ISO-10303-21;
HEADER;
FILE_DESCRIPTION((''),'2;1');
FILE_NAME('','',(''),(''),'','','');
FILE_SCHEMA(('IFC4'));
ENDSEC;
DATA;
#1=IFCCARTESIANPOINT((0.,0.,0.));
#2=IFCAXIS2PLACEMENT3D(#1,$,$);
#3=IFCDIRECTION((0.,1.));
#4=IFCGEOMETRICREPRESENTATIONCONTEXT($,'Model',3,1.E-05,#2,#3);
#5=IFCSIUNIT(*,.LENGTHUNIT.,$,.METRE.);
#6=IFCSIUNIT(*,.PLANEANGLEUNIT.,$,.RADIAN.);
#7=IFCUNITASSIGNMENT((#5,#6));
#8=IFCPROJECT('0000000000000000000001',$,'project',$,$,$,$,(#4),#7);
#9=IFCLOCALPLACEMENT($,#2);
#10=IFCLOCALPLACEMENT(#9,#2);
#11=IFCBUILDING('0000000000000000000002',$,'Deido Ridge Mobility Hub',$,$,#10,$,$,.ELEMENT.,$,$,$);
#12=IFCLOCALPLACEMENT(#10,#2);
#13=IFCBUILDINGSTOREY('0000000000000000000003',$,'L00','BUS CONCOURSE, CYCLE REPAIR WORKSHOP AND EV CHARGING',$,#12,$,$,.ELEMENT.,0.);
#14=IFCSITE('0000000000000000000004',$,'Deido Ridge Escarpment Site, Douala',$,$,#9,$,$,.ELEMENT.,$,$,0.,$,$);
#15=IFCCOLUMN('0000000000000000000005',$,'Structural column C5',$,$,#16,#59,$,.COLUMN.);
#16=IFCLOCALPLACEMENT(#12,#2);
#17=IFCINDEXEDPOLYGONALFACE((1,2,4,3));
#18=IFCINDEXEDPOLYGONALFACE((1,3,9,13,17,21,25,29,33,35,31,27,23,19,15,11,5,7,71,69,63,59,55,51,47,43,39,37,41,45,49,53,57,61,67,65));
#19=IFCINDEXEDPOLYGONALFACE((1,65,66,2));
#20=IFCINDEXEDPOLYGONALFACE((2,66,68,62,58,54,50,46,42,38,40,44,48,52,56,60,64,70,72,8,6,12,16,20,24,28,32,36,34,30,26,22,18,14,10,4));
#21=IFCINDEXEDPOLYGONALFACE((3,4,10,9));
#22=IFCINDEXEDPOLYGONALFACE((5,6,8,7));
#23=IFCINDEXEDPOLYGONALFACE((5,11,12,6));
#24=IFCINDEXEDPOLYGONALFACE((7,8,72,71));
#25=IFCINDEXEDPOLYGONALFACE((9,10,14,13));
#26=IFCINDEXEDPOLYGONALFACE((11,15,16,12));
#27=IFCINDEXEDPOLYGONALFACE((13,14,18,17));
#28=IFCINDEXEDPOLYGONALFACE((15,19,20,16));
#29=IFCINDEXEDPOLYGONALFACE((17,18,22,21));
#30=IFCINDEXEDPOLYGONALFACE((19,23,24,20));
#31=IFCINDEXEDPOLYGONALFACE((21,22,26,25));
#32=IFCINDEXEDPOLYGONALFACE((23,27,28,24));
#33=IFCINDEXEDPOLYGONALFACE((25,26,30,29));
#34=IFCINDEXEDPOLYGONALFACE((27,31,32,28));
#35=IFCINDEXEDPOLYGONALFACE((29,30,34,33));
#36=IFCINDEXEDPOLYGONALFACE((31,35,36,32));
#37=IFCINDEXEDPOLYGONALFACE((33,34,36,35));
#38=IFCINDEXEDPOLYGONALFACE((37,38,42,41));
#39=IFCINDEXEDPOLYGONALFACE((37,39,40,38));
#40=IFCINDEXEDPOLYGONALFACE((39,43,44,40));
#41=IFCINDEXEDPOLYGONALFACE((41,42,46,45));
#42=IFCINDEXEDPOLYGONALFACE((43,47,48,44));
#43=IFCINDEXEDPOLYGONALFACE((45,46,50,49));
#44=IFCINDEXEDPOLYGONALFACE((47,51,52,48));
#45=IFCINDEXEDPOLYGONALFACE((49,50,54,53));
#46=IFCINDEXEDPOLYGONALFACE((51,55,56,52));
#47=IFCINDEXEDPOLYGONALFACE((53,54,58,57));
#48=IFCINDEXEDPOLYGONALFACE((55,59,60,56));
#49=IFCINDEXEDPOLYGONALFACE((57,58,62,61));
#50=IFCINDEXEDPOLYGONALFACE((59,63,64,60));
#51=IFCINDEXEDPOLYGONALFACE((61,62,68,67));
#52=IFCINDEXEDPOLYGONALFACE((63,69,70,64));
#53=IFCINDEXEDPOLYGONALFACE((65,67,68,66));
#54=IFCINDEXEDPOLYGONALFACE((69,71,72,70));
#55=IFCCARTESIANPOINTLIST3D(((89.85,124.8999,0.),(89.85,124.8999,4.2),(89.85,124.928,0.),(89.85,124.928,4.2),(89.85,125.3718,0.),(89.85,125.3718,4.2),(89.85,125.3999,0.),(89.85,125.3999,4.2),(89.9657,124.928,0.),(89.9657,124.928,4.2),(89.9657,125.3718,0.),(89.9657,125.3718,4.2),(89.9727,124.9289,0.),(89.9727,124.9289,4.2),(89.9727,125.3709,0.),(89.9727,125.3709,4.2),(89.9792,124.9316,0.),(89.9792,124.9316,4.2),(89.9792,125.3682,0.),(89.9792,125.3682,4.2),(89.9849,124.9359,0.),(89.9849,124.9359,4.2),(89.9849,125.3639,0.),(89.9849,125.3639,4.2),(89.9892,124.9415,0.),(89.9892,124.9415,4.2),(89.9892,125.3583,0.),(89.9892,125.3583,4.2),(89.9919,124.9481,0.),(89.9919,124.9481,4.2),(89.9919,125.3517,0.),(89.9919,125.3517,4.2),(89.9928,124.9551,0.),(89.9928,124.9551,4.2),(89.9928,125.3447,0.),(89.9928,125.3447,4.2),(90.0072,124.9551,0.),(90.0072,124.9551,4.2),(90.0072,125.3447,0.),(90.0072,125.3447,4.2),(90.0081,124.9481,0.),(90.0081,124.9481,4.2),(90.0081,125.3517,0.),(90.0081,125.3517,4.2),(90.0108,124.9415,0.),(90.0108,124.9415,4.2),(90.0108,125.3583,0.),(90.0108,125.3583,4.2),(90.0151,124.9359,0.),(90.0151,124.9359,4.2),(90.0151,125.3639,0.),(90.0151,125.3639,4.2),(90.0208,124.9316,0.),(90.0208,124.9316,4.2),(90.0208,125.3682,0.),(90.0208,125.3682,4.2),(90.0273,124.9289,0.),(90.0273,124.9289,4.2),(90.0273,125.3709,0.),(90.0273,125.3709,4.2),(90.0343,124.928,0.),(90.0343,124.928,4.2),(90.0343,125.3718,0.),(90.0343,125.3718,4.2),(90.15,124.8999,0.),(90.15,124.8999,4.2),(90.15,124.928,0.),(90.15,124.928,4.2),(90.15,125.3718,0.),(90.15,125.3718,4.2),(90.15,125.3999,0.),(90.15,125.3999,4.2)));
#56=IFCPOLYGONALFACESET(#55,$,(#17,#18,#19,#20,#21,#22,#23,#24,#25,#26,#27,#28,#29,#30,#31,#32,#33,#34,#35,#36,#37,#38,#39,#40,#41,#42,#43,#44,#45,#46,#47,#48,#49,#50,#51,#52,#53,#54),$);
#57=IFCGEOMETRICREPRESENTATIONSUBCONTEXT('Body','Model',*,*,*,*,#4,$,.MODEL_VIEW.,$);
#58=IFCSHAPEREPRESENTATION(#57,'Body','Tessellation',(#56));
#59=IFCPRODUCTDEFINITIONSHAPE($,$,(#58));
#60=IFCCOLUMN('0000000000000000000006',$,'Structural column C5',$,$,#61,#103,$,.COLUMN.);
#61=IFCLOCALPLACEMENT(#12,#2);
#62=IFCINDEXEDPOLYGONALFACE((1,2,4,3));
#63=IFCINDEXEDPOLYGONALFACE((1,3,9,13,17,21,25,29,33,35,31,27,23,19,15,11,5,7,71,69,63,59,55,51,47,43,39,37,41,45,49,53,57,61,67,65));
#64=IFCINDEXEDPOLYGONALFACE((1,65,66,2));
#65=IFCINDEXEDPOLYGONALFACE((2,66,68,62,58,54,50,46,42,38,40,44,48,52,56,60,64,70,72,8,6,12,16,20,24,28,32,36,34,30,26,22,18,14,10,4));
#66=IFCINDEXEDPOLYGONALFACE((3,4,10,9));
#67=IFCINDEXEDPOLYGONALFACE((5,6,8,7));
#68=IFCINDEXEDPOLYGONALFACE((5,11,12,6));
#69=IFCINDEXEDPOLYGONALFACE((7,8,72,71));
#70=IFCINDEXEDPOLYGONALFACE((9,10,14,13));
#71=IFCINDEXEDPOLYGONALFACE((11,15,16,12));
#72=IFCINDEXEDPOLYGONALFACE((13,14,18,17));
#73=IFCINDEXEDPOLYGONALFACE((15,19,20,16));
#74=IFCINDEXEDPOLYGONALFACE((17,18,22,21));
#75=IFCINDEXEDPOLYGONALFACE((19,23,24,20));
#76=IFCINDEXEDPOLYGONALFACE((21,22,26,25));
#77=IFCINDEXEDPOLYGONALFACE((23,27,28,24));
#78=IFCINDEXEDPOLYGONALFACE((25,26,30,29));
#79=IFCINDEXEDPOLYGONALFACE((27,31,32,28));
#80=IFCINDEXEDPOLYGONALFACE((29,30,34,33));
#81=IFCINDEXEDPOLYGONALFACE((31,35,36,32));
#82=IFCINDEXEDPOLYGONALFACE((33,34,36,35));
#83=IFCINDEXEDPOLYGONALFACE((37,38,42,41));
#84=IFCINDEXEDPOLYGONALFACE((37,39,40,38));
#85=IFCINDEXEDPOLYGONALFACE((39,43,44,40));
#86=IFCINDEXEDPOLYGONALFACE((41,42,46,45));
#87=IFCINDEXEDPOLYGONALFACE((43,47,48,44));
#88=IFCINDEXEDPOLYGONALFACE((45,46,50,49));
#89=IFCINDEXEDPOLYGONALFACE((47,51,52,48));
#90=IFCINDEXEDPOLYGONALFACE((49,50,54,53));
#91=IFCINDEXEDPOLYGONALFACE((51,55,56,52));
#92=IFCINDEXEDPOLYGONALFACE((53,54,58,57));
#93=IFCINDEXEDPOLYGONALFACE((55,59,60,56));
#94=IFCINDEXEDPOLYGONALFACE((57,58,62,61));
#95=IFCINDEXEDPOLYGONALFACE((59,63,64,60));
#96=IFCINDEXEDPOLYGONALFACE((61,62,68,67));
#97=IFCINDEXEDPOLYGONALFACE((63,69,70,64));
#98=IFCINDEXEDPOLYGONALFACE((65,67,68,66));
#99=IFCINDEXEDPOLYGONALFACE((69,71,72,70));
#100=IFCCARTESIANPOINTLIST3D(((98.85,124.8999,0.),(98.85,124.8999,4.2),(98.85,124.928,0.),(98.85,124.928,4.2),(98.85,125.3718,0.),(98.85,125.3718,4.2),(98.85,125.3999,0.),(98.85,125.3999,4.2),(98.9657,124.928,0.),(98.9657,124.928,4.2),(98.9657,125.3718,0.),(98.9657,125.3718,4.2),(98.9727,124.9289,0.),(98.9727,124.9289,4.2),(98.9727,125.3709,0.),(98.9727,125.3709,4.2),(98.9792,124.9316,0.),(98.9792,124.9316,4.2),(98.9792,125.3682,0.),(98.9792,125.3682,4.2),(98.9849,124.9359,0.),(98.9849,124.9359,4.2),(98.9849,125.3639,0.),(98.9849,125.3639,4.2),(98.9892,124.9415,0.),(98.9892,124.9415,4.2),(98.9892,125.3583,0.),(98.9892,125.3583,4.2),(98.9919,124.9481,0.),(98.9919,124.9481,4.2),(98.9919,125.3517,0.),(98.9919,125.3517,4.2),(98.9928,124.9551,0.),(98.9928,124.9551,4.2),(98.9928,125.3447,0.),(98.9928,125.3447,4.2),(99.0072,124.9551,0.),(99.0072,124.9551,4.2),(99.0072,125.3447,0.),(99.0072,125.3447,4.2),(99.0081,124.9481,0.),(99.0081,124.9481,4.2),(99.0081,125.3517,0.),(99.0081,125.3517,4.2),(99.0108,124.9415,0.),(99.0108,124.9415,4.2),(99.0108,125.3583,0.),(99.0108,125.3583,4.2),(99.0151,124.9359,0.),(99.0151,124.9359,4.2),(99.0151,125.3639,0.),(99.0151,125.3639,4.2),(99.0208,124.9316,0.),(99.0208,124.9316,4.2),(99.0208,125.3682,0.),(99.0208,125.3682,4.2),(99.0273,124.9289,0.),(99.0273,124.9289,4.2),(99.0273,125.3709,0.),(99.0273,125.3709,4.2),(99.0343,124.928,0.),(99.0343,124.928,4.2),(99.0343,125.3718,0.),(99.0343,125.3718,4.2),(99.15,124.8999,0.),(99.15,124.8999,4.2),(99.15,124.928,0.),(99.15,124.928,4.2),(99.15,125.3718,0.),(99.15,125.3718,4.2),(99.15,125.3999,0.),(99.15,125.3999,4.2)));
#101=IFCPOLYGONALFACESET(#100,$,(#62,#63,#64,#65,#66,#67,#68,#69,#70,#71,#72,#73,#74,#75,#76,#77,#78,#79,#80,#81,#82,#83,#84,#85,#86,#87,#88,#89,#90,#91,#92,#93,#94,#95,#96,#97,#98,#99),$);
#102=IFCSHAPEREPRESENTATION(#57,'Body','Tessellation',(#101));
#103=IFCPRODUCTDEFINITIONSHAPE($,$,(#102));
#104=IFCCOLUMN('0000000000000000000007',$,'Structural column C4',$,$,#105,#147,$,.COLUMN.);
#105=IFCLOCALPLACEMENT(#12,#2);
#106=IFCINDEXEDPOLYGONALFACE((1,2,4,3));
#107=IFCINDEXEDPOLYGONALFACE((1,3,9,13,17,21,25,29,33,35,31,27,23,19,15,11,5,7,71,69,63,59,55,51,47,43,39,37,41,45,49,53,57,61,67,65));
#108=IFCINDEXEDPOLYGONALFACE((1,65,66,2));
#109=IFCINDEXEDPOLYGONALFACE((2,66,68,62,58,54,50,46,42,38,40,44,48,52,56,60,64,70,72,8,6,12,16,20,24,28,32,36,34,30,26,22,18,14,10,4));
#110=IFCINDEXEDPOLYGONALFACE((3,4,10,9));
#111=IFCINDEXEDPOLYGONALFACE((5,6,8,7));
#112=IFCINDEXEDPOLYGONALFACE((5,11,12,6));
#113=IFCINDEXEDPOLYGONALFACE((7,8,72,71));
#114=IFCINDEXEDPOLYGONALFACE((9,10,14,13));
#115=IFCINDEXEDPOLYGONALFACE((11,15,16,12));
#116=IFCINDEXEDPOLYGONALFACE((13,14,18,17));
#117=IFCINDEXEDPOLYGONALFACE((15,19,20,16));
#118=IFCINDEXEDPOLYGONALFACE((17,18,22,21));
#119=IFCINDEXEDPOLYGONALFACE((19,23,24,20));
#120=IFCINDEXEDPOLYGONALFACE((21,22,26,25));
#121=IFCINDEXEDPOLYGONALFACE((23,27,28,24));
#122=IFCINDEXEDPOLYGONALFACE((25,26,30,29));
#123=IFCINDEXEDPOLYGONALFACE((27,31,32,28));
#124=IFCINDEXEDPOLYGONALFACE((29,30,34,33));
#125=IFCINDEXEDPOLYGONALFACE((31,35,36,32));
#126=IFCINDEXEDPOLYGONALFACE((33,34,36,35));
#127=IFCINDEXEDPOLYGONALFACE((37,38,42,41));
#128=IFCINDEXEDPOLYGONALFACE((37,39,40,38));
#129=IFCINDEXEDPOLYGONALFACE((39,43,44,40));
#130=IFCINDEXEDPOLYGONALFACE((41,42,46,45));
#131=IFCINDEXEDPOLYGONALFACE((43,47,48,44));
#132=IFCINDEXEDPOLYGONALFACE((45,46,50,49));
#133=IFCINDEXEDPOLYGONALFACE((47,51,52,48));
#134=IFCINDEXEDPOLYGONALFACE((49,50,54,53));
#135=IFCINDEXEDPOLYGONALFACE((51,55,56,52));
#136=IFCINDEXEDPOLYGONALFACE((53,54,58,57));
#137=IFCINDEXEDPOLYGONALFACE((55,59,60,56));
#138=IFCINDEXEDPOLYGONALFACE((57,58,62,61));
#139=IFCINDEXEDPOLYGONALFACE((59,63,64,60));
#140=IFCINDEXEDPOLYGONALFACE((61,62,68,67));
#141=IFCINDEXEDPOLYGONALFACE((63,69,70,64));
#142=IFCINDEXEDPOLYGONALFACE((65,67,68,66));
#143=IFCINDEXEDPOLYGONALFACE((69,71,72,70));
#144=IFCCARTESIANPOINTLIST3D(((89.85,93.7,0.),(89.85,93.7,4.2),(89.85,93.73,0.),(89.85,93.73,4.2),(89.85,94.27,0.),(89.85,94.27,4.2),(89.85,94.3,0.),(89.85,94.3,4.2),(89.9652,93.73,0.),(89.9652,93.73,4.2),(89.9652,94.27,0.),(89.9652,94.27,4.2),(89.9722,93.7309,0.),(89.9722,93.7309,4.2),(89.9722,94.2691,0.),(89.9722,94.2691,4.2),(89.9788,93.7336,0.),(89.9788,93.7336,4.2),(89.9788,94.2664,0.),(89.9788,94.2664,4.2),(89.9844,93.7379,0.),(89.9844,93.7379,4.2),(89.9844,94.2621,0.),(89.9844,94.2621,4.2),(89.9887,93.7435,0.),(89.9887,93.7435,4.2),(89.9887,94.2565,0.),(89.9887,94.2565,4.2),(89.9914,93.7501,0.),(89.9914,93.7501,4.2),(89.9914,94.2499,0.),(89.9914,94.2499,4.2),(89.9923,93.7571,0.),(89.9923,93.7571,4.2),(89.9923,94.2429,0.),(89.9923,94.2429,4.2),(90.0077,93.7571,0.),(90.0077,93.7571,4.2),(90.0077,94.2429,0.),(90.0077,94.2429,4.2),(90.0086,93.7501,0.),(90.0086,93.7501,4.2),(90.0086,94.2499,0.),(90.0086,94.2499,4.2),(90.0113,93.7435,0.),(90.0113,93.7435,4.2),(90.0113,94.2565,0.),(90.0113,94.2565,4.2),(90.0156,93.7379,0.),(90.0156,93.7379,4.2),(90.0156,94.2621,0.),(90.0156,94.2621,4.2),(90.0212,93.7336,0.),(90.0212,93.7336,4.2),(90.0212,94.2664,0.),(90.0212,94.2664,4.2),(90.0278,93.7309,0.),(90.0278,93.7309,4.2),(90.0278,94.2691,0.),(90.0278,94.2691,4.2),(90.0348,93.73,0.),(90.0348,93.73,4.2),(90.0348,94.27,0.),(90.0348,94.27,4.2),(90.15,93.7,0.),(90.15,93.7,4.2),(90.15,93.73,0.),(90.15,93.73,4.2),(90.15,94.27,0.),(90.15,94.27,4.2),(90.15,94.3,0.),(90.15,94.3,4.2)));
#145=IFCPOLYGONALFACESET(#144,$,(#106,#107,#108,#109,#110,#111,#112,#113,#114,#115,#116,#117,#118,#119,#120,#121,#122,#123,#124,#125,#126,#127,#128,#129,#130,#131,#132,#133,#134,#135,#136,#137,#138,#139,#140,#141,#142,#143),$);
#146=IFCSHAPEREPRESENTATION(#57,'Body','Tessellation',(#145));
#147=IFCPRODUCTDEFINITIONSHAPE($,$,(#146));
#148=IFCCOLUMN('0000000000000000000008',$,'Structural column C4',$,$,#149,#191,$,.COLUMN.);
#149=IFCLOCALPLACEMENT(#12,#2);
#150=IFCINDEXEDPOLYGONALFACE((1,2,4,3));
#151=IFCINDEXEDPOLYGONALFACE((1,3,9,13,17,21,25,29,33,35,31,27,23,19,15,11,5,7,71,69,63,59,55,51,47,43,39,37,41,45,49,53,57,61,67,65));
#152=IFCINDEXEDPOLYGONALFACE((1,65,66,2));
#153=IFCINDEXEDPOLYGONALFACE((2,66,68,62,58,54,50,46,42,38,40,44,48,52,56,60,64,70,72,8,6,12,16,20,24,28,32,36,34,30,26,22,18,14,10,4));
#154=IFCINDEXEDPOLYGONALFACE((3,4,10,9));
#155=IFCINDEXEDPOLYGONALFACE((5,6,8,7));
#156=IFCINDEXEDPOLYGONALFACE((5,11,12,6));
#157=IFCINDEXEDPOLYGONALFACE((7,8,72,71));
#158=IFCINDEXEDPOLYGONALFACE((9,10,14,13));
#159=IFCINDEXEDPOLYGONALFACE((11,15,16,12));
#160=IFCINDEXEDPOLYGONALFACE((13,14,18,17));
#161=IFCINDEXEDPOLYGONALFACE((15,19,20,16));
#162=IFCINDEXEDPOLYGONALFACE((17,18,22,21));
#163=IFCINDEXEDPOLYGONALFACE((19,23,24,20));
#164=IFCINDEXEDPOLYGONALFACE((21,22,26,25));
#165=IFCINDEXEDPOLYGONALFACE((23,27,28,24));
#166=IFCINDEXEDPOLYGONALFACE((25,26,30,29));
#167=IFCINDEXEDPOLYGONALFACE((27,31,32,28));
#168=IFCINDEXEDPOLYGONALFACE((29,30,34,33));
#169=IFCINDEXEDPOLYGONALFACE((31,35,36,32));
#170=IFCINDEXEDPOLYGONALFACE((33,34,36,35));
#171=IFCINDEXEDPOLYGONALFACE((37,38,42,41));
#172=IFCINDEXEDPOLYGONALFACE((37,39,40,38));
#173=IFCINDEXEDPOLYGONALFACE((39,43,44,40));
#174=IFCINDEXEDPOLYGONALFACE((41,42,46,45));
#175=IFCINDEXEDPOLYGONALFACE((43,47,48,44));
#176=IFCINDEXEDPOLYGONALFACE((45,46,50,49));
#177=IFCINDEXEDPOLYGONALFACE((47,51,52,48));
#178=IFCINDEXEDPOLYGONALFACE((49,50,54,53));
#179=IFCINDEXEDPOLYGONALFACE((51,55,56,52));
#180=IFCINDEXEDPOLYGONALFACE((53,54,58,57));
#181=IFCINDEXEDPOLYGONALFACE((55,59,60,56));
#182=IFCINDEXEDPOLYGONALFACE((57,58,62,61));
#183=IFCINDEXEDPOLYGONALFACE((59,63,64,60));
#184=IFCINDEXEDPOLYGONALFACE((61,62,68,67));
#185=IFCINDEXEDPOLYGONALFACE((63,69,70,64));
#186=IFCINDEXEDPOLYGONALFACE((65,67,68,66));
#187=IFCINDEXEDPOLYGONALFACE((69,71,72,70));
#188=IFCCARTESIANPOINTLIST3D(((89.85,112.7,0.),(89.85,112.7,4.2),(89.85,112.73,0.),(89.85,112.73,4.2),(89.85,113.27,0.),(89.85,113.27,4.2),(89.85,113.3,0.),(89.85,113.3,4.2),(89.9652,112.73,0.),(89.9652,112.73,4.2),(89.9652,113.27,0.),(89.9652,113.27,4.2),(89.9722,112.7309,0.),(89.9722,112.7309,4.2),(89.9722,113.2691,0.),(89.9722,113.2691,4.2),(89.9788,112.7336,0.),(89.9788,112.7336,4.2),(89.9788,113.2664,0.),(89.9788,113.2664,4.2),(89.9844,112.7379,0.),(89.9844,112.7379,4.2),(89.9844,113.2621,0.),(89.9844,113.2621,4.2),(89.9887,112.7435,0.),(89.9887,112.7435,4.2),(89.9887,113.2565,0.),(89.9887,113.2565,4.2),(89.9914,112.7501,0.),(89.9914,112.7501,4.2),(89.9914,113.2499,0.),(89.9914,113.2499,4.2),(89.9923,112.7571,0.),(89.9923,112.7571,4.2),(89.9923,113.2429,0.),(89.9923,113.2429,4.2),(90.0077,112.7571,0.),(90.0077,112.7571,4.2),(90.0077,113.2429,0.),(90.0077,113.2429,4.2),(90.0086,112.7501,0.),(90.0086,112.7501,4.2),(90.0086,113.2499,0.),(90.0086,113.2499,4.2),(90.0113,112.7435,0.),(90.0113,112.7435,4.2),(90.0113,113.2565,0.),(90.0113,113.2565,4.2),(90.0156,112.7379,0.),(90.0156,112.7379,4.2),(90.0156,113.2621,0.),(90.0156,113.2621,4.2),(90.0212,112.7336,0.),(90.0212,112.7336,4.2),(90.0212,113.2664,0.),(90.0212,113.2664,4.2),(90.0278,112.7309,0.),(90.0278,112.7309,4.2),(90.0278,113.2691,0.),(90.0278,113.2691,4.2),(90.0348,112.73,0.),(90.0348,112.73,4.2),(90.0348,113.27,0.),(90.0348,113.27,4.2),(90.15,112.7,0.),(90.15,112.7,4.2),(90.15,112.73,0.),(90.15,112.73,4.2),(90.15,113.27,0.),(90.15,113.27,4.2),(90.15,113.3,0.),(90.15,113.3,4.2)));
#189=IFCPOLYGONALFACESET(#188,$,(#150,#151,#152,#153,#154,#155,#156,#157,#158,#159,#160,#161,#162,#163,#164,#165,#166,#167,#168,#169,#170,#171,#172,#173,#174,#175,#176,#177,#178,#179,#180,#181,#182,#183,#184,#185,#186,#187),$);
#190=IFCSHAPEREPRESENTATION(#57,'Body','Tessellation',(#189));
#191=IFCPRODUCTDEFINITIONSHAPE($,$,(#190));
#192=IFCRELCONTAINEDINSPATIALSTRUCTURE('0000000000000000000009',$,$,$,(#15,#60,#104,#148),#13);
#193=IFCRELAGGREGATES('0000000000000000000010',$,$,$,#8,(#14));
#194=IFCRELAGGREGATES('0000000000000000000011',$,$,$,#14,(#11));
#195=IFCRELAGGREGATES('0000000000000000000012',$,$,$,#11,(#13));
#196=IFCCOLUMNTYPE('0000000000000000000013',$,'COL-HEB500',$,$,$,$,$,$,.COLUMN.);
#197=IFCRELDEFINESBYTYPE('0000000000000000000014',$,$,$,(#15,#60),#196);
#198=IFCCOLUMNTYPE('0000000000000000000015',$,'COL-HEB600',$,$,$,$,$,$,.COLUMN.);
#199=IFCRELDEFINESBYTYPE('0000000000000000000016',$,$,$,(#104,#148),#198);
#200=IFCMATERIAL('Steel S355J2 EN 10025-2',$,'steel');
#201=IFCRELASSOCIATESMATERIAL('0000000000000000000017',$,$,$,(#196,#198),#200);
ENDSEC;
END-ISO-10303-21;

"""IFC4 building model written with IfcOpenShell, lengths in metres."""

from ifc_helpers import new_model, si_unit, direction, frame, origin, origin_2d, place, context, subcontext, project, spatial, i_section, extrude, material, material_profile, profile_set, type_object, element, save


model = new_model("IFC4")

# Units and contexts
model_context = context("Model", 3, precision=1e-05, world=origin(), true_north=direction((0.0, 1.0)))
body_context = subcontext(model_context, "Body", "Model", "MODEL_VIEW")
ifc_project = project(units=[si_unit("LENGTHUNIT", "METRE"), si_unit("PLANEANGLEUNIT", "RADIAN")], contexts=[model_context])

# Site, building, storey
site_placement = place(None, origin())
site = spatial("IfcSite", under=ifc_project, at=site_placement, Name="Deido Ridge Escarpment Site, Douala", CompositionType="ELEMENT", RefElevation=0.0)
building_placement = place(site_placement, origin())
building = spatial("IfcBuilding", under=site, at=building_placement, Name="Deido Ridge Mobility Hub", CompositionType="ELEMENT")
storey_placement = place(building_placement, origin())
storey = spatial("IfcBuildingStorey", under=building, at=storey_placement, Name="L00", Description="BUS CONCOURSE, CYCLE REPAIR WORKSHOP AND EV CHARGING", CompositionType="ELEMENT", Elevation=0.0)

# Columns
ifc_material_1 = material(Name="Steel S355J2 EN 10025-2", Category="steel")
ifc_material_profile_1 = material_profile(ifc_material_1, i_section(OverallWidth=0.3, OverallDepth=0.5, WebThickness=0.0144, FlangeThickness=0.0281, FilletRadius=0.0271, at=origin_2d()), Name="HEB 500")
ifc_profile_set_1 = profile_set([ifc_material_profile_1], Name="Steel S355J2 EN 10025-2")
column_type_1 = type_object("IfcColumnType", Name="COL-HEB500", PredefinedType="COLUMN", material=ifc_profile_set_1)
for number, where, z_axis, x_axis, name in (
    (1, (90.0, 125.1499, 0.0), (0.0, 0.0, 1.0), (1.0, 0.0, 0.0), "Structural column C5"),
    (2, (99.0, 125.1499, 0.0), (0.0, 0.0, 1.0), (1.0, 0.0, 0.0), "Structural column C5"),
):
    element("IfcColumn", number, at=place(storey_placement, frame(where, z_axis=z_axis, x_axis=x_axis)), inside=storey, type_object=column_type_1, Name=name, PredefinedType="COLUMN", context=body_context, shape_type="SweptSolid", body=[
        extrude(i_section(OverallWidth=0.3, OverallDepth=0.5, WebThickness=0.0144, FlangeThickness=0.0281, FilletRadius=0.0271, at=origin_2d()), origin(), (0.0, 0.0, 1.0), 4.2),
    ])
ifc_material_profile_2 = material_profile(ifc_material_1, i_section(OverallWidth=0.3, OverallDepth=0.6001, WebThickness=0.0154, FlangeThickness=0.03, FilletRadius=0.0271, at=origin_2d()), Name="HEB 600")
ifc_profile_set_2 = profile_set([ifc_material_profile_2], Name="Steel S355J2 EN 10025-2")
column_type_2 = type_object("IfcColumnType", Name="COL-HEB600", PredefinedType="COLUMN", material=ifc_profile_set_2)
for number, where, z_axis, x_axis, name in (
    (3, (90.0, 94.0, 0.0), (0.0, 0.0, 1.0), (1.0, 0.0, 0.0), "Structural column C4"),
    (4, (90.0, 113.0, 0.0), (0.0, 0.0, 1.0), (1.0, 0.0, 0.0), "Structural column C4"),
):
    element("IfcColumn", number, at=place(storey_placement, frame(where, z_axis=z_axis, x_axis=x_axis)), inside=storey, type_object=column_type_2, Name=name, PredefinedType="COLUMN", context=body_context, shape_type="SweptSolid", body=[
        extrude(i_section(OverallWidth=0.3, OverallDepth=0.6001, WebThickness=0.0154, FlangeThickness=0.03, FilletRadius=0.0271, at=origin_2d()), origin(), (0.0, 0.0, 1.0), 4.2),
    ])

save(model, "model.ifc")
